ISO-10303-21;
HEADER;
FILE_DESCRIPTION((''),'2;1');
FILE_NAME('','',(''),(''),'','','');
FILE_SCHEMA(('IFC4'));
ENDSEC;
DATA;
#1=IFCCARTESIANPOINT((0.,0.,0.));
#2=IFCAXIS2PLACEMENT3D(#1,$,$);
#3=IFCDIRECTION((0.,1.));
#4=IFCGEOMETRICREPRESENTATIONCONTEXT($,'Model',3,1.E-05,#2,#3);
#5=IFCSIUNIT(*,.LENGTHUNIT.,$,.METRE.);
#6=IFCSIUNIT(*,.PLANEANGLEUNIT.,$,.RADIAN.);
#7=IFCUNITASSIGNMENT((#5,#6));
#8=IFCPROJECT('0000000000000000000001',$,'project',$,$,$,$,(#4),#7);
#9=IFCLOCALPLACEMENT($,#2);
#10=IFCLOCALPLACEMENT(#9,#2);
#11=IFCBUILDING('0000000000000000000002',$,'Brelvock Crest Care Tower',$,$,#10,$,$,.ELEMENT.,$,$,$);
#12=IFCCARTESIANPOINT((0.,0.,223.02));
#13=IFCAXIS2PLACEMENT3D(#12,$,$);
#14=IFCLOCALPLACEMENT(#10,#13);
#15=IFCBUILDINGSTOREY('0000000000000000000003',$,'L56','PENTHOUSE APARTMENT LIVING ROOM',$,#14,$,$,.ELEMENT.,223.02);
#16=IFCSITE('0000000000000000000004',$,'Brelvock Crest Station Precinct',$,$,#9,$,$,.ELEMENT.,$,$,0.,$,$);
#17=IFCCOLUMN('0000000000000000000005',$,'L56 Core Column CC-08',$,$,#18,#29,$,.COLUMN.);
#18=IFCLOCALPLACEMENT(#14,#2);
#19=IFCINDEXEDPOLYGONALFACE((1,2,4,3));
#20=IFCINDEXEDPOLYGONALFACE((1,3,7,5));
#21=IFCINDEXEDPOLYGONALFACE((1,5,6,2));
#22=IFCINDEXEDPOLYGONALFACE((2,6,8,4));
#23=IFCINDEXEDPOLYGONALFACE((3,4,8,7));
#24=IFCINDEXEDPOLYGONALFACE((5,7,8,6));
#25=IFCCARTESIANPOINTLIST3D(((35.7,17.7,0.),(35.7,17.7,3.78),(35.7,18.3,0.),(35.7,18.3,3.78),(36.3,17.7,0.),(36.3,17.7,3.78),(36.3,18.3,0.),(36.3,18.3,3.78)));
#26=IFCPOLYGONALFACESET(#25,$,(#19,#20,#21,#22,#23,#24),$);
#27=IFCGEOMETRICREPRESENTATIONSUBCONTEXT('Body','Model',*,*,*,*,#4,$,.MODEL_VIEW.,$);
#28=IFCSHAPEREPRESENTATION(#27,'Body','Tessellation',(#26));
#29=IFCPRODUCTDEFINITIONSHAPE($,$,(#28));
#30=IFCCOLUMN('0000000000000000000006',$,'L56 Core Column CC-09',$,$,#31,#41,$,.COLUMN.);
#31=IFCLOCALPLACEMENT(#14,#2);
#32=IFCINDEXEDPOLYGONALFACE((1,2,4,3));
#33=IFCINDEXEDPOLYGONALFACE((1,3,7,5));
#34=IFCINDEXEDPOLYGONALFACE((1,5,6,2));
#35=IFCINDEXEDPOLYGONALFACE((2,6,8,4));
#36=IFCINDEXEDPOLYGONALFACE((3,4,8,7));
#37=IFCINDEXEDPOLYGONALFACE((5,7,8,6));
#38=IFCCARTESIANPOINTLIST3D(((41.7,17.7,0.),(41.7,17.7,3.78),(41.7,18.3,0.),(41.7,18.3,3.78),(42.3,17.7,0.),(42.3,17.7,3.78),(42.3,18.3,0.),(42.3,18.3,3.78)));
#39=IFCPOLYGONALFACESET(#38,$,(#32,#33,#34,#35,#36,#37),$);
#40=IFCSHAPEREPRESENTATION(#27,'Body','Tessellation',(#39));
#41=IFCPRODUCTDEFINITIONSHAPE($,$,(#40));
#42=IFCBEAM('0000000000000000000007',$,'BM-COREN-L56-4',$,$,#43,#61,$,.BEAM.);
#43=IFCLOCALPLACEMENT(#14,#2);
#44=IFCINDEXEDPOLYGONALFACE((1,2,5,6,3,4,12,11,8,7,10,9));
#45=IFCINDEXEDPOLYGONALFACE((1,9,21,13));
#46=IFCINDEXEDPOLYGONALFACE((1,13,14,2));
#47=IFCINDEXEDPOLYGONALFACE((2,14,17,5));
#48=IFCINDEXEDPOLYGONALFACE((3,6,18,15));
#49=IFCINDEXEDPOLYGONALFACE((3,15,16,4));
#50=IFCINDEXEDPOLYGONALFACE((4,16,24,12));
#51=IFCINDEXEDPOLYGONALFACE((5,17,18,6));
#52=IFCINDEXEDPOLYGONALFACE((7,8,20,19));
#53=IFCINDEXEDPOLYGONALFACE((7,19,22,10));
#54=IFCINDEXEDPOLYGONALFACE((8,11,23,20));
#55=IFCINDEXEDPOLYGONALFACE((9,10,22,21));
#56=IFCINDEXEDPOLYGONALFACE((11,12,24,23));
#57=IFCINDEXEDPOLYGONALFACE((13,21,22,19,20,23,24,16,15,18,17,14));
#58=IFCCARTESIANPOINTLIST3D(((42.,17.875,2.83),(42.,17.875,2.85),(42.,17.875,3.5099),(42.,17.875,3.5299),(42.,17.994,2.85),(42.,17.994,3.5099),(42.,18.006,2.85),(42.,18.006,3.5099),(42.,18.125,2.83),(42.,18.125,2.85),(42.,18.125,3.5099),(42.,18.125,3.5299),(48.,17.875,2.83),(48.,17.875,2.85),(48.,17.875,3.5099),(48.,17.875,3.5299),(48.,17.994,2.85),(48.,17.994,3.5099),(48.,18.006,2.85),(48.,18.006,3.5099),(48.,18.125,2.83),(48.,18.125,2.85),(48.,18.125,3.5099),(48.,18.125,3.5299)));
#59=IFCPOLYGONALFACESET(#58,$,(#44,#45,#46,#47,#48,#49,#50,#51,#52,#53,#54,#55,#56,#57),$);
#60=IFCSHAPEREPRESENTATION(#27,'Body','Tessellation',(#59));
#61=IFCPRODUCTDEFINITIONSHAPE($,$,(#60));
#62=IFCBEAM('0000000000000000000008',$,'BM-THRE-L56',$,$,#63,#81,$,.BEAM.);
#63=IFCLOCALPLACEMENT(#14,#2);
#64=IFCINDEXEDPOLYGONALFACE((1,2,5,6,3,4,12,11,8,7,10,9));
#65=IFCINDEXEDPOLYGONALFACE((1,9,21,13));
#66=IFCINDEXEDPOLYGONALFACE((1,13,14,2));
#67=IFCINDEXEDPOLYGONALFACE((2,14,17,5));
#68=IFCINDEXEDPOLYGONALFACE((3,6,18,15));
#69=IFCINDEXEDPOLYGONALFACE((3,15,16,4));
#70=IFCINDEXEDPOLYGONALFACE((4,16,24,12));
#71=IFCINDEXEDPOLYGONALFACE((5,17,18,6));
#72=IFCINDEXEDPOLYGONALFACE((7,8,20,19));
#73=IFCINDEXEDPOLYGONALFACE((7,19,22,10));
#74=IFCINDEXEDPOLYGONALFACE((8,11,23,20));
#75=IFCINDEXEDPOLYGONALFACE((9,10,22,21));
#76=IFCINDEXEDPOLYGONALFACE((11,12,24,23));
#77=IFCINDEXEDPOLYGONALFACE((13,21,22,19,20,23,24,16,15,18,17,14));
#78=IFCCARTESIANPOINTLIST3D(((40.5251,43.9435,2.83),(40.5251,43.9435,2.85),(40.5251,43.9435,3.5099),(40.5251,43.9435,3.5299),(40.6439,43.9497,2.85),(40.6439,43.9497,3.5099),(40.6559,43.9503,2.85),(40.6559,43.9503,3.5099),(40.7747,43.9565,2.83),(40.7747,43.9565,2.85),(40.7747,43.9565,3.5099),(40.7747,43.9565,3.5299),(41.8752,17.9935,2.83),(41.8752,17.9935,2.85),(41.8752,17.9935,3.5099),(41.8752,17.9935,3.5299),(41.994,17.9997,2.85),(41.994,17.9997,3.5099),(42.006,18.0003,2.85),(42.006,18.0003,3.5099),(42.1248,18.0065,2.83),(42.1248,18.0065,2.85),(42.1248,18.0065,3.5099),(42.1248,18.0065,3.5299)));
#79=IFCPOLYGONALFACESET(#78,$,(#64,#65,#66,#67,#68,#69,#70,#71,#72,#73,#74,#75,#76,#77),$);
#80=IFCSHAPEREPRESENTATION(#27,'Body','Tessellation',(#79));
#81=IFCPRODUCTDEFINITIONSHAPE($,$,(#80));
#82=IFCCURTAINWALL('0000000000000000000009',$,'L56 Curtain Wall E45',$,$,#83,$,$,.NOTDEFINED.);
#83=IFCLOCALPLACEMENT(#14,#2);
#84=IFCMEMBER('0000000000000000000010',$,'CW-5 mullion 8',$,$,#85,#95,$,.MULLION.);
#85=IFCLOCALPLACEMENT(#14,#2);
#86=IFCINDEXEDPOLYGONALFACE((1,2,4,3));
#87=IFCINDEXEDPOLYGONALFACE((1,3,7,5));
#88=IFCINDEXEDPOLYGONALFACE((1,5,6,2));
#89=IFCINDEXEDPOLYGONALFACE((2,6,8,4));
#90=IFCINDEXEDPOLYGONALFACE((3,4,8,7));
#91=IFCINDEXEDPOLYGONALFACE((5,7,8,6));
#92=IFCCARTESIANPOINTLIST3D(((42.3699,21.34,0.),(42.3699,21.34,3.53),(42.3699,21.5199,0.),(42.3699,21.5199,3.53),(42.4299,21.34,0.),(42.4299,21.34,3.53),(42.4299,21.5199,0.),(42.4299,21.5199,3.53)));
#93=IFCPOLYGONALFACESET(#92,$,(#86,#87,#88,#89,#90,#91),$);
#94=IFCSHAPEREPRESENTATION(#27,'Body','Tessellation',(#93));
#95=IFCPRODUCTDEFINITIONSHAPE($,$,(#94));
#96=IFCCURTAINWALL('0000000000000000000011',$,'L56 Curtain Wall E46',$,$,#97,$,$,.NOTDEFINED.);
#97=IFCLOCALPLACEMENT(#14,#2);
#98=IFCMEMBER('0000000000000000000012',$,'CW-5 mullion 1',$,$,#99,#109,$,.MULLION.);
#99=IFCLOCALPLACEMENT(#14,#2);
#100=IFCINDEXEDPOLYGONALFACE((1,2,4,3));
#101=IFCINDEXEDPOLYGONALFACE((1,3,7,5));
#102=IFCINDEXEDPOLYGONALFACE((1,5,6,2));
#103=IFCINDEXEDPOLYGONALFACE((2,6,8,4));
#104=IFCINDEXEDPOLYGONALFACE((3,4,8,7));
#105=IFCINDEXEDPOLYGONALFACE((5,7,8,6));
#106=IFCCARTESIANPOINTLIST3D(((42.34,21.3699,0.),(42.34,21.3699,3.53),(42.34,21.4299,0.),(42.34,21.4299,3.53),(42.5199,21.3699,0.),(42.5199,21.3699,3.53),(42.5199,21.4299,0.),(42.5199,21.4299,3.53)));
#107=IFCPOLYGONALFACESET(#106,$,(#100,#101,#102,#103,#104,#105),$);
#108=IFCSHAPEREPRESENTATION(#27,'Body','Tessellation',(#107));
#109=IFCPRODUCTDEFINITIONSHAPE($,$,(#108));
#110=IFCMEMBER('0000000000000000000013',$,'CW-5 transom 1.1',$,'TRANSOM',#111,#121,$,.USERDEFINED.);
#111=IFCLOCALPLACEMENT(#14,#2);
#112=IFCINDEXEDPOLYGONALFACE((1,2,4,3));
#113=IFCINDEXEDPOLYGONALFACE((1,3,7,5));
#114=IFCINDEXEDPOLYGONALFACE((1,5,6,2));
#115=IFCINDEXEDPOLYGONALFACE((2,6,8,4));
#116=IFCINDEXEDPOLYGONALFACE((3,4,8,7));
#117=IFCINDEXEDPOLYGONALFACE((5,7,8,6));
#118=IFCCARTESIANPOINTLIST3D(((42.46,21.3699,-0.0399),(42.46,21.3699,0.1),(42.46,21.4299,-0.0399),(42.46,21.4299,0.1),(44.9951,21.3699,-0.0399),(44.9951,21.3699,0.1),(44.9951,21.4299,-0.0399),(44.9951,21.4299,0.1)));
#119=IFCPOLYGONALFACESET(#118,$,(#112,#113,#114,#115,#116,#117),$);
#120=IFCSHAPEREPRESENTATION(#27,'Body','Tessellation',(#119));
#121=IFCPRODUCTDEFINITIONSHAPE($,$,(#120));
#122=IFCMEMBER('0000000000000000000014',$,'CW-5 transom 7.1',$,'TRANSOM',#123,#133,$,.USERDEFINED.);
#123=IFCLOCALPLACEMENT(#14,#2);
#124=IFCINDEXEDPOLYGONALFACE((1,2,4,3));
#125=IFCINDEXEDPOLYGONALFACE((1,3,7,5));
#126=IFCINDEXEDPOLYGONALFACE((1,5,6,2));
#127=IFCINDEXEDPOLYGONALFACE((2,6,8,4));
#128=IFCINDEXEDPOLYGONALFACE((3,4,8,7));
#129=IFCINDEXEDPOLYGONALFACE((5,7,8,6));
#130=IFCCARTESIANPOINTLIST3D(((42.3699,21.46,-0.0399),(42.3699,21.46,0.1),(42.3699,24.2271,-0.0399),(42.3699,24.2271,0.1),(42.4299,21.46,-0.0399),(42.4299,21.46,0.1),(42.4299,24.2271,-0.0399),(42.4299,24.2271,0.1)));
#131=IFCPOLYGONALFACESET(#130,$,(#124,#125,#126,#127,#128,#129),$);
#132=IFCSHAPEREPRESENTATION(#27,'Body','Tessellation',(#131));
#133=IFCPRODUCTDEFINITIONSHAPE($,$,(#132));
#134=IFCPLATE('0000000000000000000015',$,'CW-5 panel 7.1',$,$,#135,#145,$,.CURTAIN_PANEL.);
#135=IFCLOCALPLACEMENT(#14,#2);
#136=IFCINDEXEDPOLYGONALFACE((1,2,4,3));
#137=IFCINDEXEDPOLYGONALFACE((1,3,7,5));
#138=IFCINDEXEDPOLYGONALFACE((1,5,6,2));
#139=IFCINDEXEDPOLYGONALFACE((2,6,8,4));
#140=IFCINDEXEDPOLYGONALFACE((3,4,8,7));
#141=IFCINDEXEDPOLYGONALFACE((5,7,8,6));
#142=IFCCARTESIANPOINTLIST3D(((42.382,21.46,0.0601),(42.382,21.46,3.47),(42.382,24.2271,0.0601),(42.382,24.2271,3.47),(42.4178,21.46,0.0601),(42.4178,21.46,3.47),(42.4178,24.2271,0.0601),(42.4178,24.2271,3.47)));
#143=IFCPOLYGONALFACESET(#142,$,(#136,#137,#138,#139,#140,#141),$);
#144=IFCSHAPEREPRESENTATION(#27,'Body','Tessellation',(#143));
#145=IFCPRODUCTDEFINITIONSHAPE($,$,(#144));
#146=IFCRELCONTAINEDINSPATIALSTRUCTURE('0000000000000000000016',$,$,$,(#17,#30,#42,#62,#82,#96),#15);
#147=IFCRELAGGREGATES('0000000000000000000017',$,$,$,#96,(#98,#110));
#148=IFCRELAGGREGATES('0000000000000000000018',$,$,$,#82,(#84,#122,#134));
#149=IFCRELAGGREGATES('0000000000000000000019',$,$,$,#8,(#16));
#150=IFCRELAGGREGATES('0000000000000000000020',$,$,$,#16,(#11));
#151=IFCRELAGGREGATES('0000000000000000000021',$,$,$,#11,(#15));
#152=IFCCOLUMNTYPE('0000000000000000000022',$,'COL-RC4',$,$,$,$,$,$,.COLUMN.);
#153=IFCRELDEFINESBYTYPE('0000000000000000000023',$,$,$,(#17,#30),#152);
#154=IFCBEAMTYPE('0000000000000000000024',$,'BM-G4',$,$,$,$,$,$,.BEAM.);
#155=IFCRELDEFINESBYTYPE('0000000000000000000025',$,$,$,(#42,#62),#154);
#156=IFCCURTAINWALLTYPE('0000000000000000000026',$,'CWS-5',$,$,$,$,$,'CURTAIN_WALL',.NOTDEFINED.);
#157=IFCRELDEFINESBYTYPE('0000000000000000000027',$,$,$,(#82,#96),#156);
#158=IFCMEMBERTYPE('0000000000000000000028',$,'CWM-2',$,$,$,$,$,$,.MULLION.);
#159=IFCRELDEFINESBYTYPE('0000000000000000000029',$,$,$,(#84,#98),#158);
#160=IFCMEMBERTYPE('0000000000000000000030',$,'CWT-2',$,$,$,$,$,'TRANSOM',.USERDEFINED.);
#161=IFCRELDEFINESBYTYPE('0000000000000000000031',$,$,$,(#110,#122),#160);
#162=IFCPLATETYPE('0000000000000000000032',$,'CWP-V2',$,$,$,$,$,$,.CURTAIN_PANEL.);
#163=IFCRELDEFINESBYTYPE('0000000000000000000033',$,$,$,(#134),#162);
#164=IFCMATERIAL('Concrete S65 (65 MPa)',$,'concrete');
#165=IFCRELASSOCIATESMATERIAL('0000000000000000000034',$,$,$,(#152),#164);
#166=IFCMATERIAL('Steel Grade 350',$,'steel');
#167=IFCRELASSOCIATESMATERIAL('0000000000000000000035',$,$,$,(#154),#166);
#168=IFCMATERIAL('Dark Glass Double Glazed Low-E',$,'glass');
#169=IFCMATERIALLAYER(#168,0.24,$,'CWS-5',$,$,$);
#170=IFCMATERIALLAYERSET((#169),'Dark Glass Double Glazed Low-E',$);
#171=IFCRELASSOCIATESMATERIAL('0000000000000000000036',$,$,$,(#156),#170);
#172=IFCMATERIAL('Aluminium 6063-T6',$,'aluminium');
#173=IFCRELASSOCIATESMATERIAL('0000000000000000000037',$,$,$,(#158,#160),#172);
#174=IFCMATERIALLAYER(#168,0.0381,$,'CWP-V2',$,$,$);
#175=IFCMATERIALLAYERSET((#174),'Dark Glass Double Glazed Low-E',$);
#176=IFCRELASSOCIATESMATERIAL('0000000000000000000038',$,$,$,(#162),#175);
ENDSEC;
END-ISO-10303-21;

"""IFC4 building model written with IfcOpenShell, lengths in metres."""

from ifc_helpers import new_model, si_unit, direction, frame, origin, origin_2d, place, context, subcontext, project, spatial, rectangle, i_section, extrude, source, transform, mapped, material, layer, layer_set, material_profile, profile_set, type_object, element, aggregate, save


model = new_model("IFC4")

# Units and contexts
model_context = context("Model", 3, precision=1e-05, world=origin(), true_north=direction((0.0, 1.0)))
body_context = subcontext(model_context, "Body", "Model", "MODEL_VIEW")
ifc_project = project(units=[si_unit("LENGTHUNIT", "METRE"), si_unit("PLANEANGLEUNIT", "RADIAN")], contexts=[model_context])

# Site, building, storey
site_placement = place(None, origin())
site = spatial("IfcSite", under=ifc_project, at=site_placement, Name="Brelvock Crest Station Precinct", CompositionType="ELEMENT", RefElevation=0.0)
building_placement = place(site_placement, origin())
building = spatial("IfcBuilding", under=site, at=building_placement, Name="Brelvock Crest Care Tower", CompositionType="ELEMENT")
storey_placement = place(building_placement, frame((0.0, 0.0, 223.02)))
storey = spatial("IfcBuildingStorey", under=building, at=storey_placement, Name="L56", Description="PENTHOUSE APARTMENT LIVING ROOM", CompositionType="ELEMENT", Elevation=223.02)

# Columns
ifc_material_1 = material(Name="Concrete S65 (65 MPa)", Category="concrete")
ifc_material_profile_1 = material_profile(ifc_material_1, rectangle(XDim=0.6001, YDim=0.6001, at=origin_2d()), Name="RC600x600")
ifc_profile_set_1 = profile_set([ifc_material_profile_1], Name="Concrete S65 (65 MPa)")
column_type = type_object("IfcColumnType", Name="COL-RC4", PredefinedType="COLUMN", material=ifc_profile_set_1)
shared_shape_1 = source(origin(), body_context, "Body", "SweptSolid", [
    extrude(rectangle(XDim=0.6001, YDim=0.6001, at=origin_2d()), origin(), (0.0, 0.0, 1.0), 3.78),
])
for number, where, z_axis, x_axis, name in (
    (1, (36.0, 18.0, 0.0), (0.0, 0.0, 1.0), (1.0, 0.0, 0.0), "L56 Core Column CC-08"),
    (2, (42.0, 18.0, 0.0), (0.0, 0.0, 1.0), (1.0, 0.0, 0.0), "L56 Core Column CC-09"),
):
    element("IfcColumn", number, at=place(storey_placement, frame(where, z_axis=z_axis, x_axis=x_axis)), inside=storey, type_object=column_type, Name=name, PredefinedType="COLUMN", context=body_context, shape_type="MappedRepresentation", body=[
        mapped(shared_shape_1, transform((0.0, 0.0, 0.0), x_axis=(1.0, 0.0, 0.0), y_axis=(0.0, 1.0, 0.0), z_axis=(0.0, 0.0, 1.0), scale=1.0)),
    ])

# Beams
ifc_material_2 = material(Name="Steel Grade 350", Category="steel")
ifc_material_profile_2 = material_profile(ifc_material_2, i_section(OverallWidth=0.25, OverallDepth=0.7, WebThickness=0.012, FlangeThickness=0.02, at=origin_2d()), Name="700WB150")
ifc_profile_set_2 = profile_set([ifc_material_profile_2], Name="Steel Grade 350")
beam_type = type_object("IfcBeamType", Name="BM-G4", PredefinedType="BEAM", material=ifc_profile_set_2)
shared_shape_2 = source(origin(), body_context, "Body", "SweptSolid", [
    extrude(i_section(OverallWidth=0.25, OverallDepth=0.7, WebThickness=0.012, FlangeThickness=0.02, at=origin_2d()), origin(), (0.0, 0.0, 1.0), 6.0),
])
beam_1_placement = place(storey_placement, frame((42.0, 18.0, 3.1799), z_axis=(1.0, 0.0, 0.0), x_axis=(0.0, 1.0, 0.0)))
element("IfcBeam", 3, at=beam_1_placement, inside=storey, type_object=beam_type, Name="BM-COREN-L56-4", PredefinedType="BEAM", context=body_context, shape_type="MappedRepresentation", body=[
    mapped(shared_shape_2, transform((0.0, 0.0, 0.0), x_axis=(1.0, 0.0, 0.0), y_axis=(0.0, 1.0, 0.0), z_axis=(0.0, 0.0, 1.0), scale=1.0)),
])
shared_shape_3 = source(origin(), body_context, "Body", "SweptSolid", [
    extrude(i_section(OverallWidth=0.25, OverallDepth=0.7, WebThickness=0.012, FlangeThickness=0.02, at=origin_2d()), origin(), (0.0, 0.0, 1.0), 25.9851),
])
beam_2_placement = place(storey_placement, frame((42.0, 18.0, 3.1799), z_axis=(-0.051957, 0.998649, 0.0), x_axis=(-0.998649, -0.051957, 0.0)))
element("IfcBeam", 4, at=beam_2_placement, inside=storey, type_object=beam_type, Name="BM-THRE-L56", PredefinedType="BEAM", context=body_context, shape_type="MappedRepresentation", body=[
    mapped(shared_shape_3, transform((0.0, 0.0, 0.0), x_axis=(1.0, 0.0, 0.0), y_axis=(0.0, 1.0, 0.0), z_axis=(0.0, 0.0, 1.0), scale=1.0)),
])

# Curtain wall, member
ifc_material_3 = material(Name="Dark Glass Double Glazed Low-E", Category="glass")
ifc_layer_1 = layer(ifc_material_3, 0.24, Name="CWS-5")
ifc_layer_set_1 = layer_set([ifc_layer_1], Name="Dark Glass Double Glazed Low-E")
curtain_wall_type = type_object("IfcCurtainWallType", Name="CWS-5", ElementType="CURTAIN_WALL", PredefinedType="NOTDEFINED", material=ifc_layer_set_1)
curtain_wall_1_placement = place(storey_placement, origin())
curtain_wall_1 = element("IfcCurtainWall", 5, at=curtain_wall_1_placement, inside=storey, type_object=curtain_wall_type, Name="L56 Curtain Wall E45", PredefinedType="NOTDEFINED")
ifc_material_4 = material(Name="Aluminium 6063-T6", Category="aluminium")
ifc_material_profile_3 = material_profile(ifc_material_4, rectangle(XDim=0.0601, YDim=0.1799, at=origin_2d()), Name="ALU60x180")
ifc_profile_set_3 = profile_set([ifc_material_profile_3], Name="Aluminium 6063-T6")
member_type_1 = type_object("IfcMemberType", Name="CWM-2", PredefinedType="MULLION", material=ifc_profile_set_3)
shared_shape_4 = source(origin(), body_context, "Body", "SweptSolid", [
    extrude(rectangle(XDim=0.0601, YDim=0.1799, at=origin_2d()), origin(), (0.0, 0.0, 1.0), 3.53),
])
member_1_placement = place(storey_placement, frame((42.3999, 21.4299, 0.0), z_axis=(0.0, 0.0, 1.0), x_axis=(1.0, 0.0, 0.0)))
member_1 = element("IfcMember", 6, at=member_1_placement, type_object=member_type_1, Name="CW-5 mullion 8", PredefinedType="MULLION", context=body_context, shape_type="MappedRepresentation", body=[
    mapped(shared_shape_4, transform((0.0, 0.0, 0.0), x_axis=(1.0, 0.0, 0.0), y_axis=(0.0, 1.0, 0.0), z_axis=(0.0, 0.0, 1.0), scale=1.0)),
])

# Curtain wall, members
curtain_wall_2_placement = place(storey_placement, origin())
curtain_wall_2 = element("IfcCurtainWall", 7, at=curtain_wall_2_placement, inside=storey, type_object=curtain_wall_type, Name="L56 Curtain Wall E46", PredefinedType="NOTDEFINED")
member_2_placement = place(storey_placement, frame((42.4299, 21.3999, 0.0), z_axis=(0.0, 0.0, 1.0), x_axis=(0.0, 1.0, 0.0)))
member_2 = element("IfcMember", 8, at=member_2_placement, type_object=member_type_1, Name="CW-5 mullion 1", PredefinedType="MULLION", context=body_context, shape_type="MappedRepresentation", body=[
    mapped(shared_shape_4, transform((0.0, 0.0, 0.0), x_axis=(1.0, 0.0, 0.0), y_axis=(0.0, 1.0, 0.0), z_axis=(0.0, 0.0, 1.0), scale=1.0)),
])
ifc_material_profile_4 = material_profile(ifc_material_4, rectangle(XDim=0.0601, YDim=0.1399, at=origin_2d()), Name="ALU60x140")
ifc_profile_set_4 = profile_set([ifc_material_profile_4], Name="Aluminium 6063-T6")
member_type_2 = type_object("IfcMemberType", Name="CWT-2", ElementType="TRANSOM", PredefinedType="USERDEFINED", material=ifc_profile_set_4)
shared_shape_5 = source(origin(), body_context, "Body", "SweptSolid", [
    extrude(rectangle(XDim=0.0601, YDim=0.1399, at=origin_2d()), origin(), (0.0, 0.0, 1.0), 2.5352),
])
member_3_placement = place(storey_placement, frame((42.46, 21.3999, 0.03), z_axis=(1.0, 0.0, 0.0), x_axis=(0.0, 1.0, 0.0)))
member_3 = element("IfcMember", 9, at=member_3_placement, type_object=member_type_2, Name="CW-5 transom 1.1", ObjectType="TRANSOM", PredefinedType="USERDEFINED", context=body_context, shape_type="MappedRepresentation", body=[
    mapped(shared_shape_5, transform((0.0, 0.0, 0.0), x_axis=(1.0, 0.0, 0.0), y_axis=(0.0, 1.0, 0.0), z_axis=(0.0, 0.0, 1.0), scale=1.0)),
])
aggregate(curtain_wall_2, [member_2, member_3])

# Member
shared_shape_6 = source(origin(), body_context, "Body", "SweptSolid", [
    extrude(rectangle(XDim=0.0601, YDim=0.1399, at=origin_2d()), origin(), (0.0, 0.0, 1.0), 2.7671),
])
member_4_placement = place(storey_placement, frame((42.3999, 24.2271, 0.03), z_axis=(0.0, -1.0, 0.0), x_axis=(1.0, 0.0, 0.0)))
member_4 = element("IfcMember", 10, at=member_4_placement, type_object=member_type_2, Name="CW-5 transom 7.1", ObjectType="TRANSOM", PredefinedType="USERDEFINED", context=body_context, shape_type="MappedRepresentation", body=[
    mapped(shared_shape_6, transform((0.0, 0.0, 0.0), x_axis=(1.0, 0.0, 0.0), y_axis=(0.0, 1.0, 0.0), z_axis=(0.0, 0.0, 1.0), scale=1.0)),
])

# Plate
ifc_layer_2 = layer(ifc_material_3, 0.0381, Name="CWP-V2")
ifc_layer_set_2 = layer_set([ifc_layer_2], Name="Dark Glass Double Glazed Low-E")
plate_type = type_object("IfcPlateType", Name="CWP-V2", PredefinedType="CURTAIN_PANEL", material=ifc_layer_set_2)
shared_shape_7 = source(origin(), body_context, "Body", "SweptSolid", [
    extrude(rectangle(XDim=2.7671, YDim=0.0359, at=origin_2d()), origin(), (0.0, 0.0, 1.0), 3.4099),
])
plate_placement = place(storey_placement, frame((42.3999, 22.8435, 0.0601), z_axis=(0.0, 0.0, 1.0), x_axis=(0.0, -1.0, 0.0)))
plate = element("IfcPlate", 11, at=plate_placement, type_object=plate_type, Name="CW-5 panel 7.1", PredefinedType="CURTAIN_PANEL", context=body_context, shape_type="MappedRepresentation", body=[
    mapped(shared_shape_7, transform((0.0, 0.0, 0.0), x_axis=(1.0, 0.0, 0.0), y_axis=(0.0, 1.0, 0.0), z_axis=(0.0, 0.0, 1.0), scale=1.0)),
])
aggregate(curtain_wall_1, [member_1, member_4, plate])

save(model, "model.ifc")
